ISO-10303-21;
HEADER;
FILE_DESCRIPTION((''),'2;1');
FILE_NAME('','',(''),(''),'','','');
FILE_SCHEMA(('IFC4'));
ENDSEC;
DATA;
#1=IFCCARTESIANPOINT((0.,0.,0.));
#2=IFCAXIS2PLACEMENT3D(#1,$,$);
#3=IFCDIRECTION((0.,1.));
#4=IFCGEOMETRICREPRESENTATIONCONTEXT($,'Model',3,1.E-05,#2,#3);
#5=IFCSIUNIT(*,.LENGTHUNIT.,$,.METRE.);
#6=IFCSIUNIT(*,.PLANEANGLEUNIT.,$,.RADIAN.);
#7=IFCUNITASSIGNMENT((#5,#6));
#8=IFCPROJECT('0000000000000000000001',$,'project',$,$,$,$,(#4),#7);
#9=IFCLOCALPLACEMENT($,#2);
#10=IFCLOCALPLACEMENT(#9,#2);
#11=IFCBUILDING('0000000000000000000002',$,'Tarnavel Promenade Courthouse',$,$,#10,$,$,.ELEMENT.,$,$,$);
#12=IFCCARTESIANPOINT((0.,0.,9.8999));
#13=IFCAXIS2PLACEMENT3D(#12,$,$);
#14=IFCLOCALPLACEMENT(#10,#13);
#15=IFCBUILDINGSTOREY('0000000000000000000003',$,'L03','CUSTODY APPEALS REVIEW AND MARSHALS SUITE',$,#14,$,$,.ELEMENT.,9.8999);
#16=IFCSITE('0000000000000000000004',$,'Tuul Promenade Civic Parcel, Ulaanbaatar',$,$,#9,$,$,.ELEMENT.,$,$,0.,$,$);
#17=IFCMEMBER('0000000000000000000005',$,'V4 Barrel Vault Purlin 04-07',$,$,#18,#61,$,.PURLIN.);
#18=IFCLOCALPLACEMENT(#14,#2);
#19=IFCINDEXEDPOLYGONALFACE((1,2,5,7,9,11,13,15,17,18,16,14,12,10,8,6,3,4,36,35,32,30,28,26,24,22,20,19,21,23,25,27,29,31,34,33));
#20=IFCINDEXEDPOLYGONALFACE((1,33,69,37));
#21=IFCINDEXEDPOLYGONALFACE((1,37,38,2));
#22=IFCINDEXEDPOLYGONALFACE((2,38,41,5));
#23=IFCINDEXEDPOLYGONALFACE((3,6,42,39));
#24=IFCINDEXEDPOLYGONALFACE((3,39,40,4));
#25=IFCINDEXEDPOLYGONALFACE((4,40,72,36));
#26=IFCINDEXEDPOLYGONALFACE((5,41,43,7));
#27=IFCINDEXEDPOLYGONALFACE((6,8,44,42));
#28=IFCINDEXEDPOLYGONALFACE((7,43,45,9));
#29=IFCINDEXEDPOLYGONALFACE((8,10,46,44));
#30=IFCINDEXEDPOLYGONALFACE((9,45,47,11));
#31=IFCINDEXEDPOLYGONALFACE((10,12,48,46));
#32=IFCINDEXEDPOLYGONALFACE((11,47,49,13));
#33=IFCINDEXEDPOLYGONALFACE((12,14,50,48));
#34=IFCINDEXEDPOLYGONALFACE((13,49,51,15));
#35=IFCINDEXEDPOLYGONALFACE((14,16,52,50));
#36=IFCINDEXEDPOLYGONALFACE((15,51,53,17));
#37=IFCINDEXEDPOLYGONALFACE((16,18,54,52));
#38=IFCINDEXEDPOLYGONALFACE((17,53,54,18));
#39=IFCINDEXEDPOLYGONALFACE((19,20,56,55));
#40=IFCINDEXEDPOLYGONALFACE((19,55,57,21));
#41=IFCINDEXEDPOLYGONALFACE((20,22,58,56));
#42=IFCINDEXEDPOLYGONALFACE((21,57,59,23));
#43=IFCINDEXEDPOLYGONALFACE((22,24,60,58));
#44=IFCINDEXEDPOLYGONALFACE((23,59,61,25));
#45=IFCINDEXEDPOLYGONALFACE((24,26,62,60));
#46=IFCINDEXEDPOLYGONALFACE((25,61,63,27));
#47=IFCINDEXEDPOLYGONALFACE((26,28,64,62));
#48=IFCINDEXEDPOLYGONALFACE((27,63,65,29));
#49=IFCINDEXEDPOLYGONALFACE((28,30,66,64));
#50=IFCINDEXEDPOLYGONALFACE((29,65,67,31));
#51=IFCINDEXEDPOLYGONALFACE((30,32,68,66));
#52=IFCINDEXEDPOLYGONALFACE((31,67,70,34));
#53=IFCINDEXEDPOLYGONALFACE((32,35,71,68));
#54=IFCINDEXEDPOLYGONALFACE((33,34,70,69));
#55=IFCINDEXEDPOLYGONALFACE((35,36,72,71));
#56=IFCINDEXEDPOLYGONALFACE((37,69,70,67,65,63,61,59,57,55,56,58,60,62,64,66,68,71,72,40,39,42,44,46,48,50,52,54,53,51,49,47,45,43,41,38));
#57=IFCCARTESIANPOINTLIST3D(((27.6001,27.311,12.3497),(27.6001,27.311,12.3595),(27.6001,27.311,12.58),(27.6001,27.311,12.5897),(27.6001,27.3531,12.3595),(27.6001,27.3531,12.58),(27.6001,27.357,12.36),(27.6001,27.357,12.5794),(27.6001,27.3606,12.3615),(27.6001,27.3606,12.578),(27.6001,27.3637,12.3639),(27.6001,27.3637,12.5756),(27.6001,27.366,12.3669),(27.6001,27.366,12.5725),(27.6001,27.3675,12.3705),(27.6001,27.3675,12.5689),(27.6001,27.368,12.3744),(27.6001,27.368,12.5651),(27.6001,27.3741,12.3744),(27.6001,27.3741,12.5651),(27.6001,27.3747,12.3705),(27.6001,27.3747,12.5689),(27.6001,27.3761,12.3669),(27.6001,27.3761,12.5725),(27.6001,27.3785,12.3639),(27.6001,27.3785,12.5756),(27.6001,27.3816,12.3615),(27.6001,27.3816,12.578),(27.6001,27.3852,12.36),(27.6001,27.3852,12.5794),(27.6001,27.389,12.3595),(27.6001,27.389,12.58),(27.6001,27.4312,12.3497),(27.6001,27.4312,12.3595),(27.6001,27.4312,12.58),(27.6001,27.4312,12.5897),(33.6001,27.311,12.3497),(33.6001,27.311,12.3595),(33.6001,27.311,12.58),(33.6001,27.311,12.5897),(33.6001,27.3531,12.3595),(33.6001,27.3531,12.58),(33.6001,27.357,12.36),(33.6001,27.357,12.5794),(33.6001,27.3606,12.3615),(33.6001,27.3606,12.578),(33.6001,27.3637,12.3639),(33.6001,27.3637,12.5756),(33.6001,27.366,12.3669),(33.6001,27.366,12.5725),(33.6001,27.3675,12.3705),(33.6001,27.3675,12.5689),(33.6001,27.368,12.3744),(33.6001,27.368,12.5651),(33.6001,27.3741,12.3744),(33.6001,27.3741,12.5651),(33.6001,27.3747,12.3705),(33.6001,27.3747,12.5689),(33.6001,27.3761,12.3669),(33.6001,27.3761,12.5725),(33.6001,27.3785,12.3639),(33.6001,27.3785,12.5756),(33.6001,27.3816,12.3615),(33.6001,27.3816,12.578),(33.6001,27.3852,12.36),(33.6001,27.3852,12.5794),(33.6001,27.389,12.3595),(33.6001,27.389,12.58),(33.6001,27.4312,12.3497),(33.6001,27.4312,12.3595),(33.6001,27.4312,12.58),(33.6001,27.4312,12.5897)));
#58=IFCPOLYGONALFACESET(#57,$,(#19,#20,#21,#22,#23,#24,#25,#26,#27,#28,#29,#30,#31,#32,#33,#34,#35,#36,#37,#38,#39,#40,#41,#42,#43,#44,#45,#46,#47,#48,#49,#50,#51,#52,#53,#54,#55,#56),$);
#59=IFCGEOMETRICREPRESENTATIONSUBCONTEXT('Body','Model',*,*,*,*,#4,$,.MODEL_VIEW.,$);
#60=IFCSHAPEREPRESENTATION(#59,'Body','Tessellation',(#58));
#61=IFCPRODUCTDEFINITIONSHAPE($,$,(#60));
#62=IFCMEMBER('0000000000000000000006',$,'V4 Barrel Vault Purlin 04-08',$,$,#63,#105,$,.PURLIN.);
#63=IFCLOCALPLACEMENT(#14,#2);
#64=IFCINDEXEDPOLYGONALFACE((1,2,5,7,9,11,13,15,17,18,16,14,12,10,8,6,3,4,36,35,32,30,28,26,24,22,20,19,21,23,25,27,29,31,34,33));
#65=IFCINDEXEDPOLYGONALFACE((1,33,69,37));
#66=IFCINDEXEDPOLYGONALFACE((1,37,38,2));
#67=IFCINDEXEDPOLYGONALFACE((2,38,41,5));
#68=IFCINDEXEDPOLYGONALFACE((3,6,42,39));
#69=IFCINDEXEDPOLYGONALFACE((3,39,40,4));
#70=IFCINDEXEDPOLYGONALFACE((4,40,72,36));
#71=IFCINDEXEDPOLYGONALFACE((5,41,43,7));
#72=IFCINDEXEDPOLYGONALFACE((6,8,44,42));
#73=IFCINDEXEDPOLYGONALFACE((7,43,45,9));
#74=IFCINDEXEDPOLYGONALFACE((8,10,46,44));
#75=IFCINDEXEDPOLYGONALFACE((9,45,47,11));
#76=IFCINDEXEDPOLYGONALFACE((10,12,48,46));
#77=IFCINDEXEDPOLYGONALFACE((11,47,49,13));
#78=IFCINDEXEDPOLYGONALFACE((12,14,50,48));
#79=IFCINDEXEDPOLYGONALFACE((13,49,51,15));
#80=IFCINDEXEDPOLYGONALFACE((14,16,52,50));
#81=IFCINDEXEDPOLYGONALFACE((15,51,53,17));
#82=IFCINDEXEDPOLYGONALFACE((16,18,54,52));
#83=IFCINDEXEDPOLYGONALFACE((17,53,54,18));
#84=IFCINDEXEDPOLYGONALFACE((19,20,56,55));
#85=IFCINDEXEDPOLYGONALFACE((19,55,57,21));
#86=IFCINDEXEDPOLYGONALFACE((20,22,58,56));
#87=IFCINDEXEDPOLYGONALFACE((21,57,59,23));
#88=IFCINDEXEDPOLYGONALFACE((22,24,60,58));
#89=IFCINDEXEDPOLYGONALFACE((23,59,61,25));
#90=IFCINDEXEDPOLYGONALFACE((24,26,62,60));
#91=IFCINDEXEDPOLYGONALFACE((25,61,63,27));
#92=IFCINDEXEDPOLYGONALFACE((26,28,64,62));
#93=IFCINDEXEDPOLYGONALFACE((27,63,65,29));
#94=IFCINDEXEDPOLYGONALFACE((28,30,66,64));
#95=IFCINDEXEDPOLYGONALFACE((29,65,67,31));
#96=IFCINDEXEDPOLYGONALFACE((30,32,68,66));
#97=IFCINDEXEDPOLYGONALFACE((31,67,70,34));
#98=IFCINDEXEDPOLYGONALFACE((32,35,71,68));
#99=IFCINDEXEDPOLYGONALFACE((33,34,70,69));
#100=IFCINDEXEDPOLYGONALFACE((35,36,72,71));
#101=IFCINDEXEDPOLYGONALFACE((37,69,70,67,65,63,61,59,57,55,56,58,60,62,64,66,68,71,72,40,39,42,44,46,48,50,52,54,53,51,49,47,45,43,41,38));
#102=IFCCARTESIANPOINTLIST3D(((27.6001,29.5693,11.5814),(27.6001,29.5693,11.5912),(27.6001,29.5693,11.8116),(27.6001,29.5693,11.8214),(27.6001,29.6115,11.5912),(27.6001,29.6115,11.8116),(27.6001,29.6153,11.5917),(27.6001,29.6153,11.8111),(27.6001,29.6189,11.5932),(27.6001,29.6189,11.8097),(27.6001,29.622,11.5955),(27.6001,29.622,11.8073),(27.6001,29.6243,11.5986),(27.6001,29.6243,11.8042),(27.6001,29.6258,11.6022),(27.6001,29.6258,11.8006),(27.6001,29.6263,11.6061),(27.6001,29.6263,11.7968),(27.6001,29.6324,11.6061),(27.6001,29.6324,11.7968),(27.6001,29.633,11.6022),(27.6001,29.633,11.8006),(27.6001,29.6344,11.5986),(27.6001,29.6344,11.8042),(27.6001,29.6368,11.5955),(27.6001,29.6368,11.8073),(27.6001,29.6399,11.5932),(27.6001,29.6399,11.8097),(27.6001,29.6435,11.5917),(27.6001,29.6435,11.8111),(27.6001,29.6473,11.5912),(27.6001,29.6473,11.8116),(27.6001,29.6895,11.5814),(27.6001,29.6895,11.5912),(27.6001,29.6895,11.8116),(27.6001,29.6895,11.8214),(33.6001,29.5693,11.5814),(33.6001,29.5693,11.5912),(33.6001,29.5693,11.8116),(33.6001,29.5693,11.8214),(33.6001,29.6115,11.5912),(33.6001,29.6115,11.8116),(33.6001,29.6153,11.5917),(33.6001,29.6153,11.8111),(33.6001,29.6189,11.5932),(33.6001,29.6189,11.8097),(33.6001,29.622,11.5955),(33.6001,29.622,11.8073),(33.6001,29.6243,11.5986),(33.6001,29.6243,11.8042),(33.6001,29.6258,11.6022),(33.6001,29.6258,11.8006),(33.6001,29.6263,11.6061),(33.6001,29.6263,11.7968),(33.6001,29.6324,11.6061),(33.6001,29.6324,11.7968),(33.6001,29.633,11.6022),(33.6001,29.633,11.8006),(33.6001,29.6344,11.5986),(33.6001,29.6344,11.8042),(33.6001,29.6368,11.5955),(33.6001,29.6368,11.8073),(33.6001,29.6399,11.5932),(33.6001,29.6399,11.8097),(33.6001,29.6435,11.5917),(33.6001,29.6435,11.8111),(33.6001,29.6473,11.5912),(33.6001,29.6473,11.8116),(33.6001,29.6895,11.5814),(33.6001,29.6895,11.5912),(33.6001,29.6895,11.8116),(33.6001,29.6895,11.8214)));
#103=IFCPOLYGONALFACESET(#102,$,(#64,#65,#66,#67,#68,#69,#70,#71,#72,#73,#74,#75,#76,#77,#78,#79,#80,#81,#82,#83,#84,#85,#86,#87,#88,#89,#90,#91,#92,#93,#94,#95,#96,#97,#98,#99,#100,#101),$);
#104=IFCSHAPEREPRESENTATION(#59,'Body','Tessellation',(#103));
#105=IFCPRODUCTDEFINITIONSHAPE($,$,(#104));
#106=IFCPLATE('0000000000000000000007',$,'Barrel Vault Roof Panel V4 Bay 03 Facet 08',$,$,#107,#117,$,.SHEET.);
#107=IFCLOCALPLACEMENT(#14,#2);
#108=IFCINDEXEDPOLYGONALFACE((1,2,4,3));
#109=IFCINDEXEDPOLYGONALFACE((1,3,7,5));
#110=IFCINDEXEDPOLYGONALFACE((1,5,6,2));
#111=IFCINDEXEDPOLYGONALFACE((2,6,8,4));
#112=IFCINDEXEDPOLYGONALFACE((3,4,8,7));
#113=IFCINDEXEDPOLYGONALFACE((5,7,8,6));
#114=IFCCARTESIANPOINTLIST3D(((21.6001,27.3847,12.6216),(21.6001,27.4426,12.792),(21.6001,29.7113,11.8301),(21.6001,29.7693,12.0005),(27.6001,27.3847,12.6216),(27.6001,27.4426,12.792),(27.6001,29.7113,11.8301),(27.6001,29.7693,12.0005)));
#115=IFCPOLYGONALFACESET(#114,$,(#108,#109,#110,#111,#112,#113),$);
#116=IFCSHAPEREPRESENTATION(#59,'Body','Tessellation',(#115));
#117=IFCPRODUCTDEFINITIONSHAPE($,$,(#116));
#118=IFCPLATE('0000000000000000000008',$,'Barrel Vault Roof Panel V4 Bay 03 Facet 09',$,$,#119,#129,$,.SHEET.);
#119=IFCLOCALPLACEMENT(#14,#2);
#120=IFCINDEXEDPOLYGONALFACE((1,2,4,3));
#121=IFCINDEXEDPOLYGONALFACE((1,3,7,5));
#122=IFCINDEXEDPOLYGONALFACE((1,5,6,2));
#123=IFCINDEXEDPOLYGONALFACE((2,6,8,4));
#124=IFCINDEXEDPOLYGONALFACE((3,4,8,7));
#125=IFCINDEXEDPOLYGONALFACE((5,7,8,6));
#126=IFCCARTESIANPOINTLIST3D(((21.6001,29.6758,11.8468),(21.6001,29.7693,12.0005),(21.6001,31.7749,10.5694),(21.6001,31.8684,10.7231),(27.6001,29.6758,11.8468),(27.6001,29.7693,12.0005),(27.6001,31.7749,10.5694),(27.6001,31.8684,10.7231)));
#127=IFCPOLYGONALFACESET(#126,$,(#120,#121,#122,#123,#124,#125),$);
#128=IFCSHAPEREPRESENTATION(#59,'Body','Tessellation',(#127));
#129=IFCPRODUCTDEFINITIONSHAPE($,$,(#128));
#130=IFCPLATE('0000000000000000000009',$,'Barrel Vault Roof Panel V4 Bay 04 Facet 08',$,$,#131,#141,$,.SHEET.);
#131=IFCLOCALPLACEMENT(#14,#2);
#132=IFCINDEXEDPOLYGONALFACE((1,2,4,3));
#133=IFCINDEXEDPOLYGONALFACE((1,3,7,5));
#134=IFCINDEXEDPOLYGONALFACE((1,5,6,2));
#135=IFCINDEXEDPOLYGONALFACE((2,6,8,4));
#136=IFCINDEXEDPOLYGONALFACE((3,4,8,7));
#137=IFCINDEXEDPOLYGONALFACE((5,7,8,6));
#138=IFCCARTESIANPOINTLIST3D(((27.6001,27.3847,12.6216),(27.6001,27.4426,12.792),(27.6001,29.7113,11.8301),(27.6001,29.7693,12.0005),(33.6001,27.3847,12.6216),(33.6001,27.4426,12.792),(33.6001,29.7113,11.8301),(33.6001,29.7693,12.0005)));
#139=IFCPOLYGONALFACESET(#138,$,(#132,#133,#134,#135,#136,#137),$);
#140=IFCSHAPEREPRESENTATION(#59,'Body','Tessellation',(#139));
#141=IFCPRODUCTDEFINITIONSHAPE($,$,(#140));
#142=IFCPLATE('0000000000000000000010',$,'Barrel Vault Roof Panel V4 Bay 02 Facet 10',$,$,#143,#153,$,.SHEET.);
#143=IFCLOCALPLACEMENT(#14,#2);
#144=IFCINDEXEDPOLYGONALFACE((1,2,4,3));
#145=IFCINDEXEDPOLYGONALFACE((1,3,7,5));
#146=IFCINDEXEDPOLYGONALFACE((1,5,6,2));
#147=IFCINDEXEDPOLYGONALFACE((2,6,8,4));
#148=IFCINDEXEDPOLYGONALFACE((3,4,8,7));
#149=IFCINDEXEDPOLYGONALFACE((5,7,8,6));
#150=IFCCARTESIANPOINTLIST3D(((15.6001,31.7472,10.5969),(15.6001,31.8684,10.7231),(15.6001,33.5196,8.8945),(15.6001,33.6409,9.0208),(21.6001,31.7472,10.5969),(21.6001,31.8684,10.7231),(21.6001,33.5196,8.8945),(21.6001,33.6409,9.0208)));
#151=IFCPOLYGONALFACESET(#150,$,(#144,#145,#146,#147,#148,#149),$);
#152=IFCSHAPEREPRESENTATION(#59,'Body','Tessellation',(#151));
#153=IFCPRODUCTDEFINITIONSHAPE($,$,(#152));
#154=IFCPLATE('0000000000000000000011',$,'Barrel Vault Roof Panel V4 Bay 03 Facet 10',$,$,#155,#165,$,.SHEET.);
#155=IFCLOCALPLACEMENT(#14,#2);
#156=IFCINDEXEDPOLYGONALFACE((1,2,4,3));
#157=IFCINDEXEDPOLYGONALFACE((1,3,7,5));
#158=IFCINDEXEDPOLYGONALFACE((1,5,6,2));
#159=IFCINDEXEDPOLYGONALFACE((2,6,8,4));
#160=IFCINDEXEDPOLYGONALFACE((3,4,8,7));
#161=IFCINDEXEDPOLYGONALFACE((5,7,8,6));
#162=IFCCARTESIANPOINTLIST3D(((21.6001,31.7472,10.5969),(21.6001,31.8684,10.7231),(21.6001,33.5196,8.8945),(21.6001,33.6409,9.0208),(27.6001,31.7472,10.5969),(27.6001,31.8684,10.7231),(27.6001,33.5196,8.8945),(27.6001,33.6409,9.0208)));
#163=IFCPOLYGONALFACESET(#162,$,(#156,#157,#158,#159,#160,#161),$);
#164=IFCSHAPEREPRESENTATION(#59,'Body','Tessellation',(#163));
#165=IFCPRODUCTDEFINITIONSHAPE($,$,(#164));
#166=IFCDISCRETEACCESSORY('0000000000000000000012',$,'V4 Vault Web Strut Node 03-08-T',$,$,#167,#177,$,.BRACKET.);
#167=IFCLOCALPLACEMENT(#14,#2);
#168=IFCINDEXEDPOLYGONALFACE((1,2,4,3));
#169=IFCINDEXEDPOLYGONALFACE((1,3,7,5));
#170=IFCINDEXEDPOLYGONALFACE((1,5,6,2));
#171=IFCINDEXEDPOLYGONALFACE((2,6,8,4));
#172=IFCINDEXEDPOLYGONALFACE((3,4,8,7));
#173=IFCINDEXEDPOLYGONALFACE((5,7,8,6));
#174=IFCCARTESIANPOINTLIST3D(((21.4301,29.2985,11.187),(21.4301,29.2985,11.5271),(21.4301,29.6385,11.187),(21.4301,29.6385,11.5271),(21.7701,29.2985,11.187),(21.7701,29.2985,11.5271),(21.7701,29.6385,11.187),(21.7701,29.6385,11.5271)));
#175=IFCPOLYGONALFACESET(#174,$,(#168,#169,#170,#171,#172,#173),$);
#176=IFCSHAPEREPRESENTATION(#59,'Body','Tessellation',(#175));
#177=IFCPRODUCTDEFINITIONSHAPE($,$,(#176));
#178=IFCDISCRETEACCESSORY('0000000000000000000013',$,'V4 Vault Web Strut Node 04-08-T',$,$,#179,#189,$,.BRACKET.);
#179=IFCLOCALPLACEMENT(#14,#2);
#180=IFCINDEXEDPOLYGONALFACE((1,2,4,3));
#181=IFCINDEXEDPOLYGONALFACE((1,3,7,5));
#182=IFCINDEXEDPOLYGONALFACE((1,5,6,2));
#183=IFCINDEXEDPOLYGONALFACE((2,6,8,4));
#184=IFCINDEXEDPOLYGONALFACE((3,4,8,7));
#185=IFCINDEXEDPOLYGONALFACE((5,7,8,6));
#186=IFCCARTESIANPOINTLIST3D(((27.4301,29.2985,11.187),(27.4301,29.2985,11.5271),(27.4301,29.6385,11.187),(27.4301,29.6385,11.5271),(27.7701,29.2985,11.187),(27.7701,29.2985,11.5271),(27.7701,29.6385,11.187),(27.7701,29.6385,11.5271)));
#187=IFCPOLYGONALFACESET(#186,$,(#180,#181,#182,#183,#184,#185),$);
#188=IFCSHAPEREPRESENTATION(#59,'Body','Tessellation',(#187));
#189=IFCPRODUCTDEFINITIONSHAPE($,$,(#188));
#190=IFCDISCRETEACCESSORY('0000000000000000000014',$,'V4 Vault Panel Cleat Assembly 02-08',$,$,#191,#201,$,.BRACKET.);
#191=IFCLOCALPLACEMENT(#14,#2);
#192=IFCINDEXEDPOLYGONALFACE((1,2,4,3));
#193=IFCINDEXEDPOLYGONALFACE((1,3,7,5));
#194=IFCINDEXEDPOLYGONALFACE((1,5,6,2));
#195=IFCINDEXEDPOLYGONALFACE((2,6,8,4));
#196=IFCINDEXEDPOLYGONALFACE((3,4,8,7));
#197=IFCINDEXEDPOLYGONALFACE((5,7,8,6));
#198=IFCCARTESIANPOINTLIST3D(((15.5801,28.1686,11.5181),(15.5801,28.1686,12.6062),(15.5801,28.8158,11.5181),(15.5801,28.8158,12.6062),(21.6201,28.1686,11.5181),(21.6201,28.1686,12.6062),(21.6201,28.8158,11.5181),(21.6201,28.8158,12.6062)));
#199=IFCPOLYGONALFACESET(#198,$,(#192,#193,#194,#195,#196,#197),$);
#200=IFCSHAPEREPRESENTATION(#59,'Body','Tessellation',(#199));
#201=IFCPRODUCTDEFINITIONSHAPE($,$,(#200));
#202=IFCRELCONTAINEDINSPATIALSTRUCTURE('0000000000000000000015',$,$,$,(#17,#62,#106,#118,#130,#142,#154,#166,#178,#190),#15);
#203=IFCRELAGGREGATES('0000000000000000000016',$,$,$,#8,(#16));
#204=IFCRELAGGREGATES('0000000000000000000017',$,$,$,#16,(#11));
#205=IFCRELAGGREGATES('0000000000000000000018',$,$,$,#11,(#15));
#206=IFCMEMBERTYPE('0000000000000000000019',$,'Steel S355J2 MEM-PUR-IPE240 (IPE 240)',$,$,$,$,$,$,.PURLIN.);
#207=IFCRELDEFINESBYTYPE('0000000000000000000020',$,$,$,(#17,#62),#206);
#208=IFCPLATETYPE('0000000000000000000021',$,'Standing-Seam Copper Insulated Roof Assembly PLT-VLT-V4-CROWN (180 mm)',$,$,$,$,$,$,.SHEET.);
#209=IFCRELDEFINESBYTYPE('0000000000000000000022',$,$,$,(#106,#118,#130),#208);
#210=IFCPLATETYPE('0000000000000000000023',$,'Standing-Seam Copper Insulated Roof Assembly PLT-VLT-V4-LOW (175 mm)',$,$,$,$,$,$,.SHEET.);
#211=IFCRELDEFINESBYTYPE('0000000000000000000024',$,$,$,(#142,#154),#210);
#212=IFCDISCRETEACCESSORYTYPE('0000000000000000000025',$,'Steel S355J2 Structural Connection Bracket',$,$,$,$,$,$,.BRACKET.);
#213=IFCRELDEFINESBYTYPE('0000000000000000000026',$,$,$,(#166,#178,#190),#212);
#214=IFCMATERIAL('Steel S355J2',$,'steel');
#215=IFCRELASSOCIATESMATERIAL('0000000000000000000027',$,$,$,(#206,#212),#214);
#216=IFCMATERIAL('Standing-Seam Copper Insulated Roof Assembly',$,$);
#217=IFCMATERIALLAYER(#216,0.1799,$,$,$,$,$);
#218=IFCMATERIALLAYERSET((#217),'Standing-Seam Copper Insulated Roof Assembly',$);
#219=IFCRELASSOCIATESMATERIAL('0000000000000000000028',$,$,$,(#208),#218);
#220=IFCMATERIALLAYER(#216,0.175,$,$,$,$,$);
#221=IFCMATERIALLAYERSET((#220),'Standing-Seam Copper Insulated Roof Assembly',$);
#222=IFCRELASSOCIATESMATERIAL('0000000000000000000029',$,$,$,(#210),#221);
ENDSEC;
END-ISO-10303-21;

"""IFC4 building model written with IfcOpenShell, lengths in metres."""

from ifc_helpers import new_model, si_unit, direction, frame, origin, origin_2d, place, context, subcontext, project, spatial, polyline, rectangle, i_section, outline, extrude, material, layer, layer_set, material_profile, profile_set, type_object, element, save


model = new_model("IFC4")

# Units and contexts
model_context = context("Model", 3, precision=1e-05, world=origin(), true_north=direction((0.0, 1.0)))
body_context = subcontext(model_context, "Body", "Model", "MODEL_VIEW")
ifc_project = project(units=[si_unit("LENGTHUNIT", "METRE"), si_unit("PLANEANGLEUNIT", "RADIAN")], contexts=[model_context])

# Site, building, storey
site_placement = place(None, origin())
site = spatial("IfcSite", under=ifc_project, at=site_placement, Name="Tuul Promenade Civic Parcel, Ulaanbaatar", CompositionType="ELEMENT", RefElevation=0.0)
building_placement = place(site_placement, origin())
building = spatial("IfcBuilding", under=site, at=building_placement, Name="Tarnavel Promenade Courthouse", CompositionType="ELEMENT")
storey_placement = place(building_placement, frame((0.0, 0.0, 9.8999)))
storey = spatial("IfcBuildingStorey", under=building, at=storey_placement, Name="L03", Description="CUSTODY APPEALS REVIEW AND MARSHALS SUITE", CompositionType="ELEMENT", Elevation=9.8999)

# Shared definitions
ifc_material_1 = material(Name="Steel S355J2", Category="steel")

# Members
ifc_material_profile_1 = material_profile(ifc_material_1, i_section(OverallWidth=0.1201, OverallDepth=0.24, WebThickness=0.0061, FlangeThickness=0.0098, FilletRadius=0.0149, at=origin_2d()), Name="IPE 240")
ifc_profile_set_1 = profile_set([ifc_material_profile_1], Name="Steel S355J2")
member_type = type_object("IfcMemberType", Name="Steel S355J2 MEM-PUR-IPE240 (IPE 240)", PredefinedType="PURLIN", material=ifc_profile_set_1)
for number, where, z_axis, x_axis, name in (
    (1, (27.6001, 27.3711, 12.4697), (1.0, 0.0, 0.0), (0.0, 1.0, 0.0), "V4 Barrel Vault Purlin 04-07"),
    (2, (27.6001, 29.6294, 11.7014), (1.0, 0.0, 0.0), (0.0, 1.0, 0.0), "V4 Barrel Vault Purlin 04-08"),
):
    element("IfcMember", number, at=place(storey_placement, frame(where, z_axis=z_axis, x_axis=x_axis)), inside=storey, type_object=member_type, Name=name, PredefinedType="PURLIN", context=body_context, shape_type="SweptSolid", body=[
        extrude(i_section(OverallWidth=0.1201, OverallDepth=0.24, WebThickness=0.0061, FlangeThickness=0.0098, FilletRadius=0.0149, at=origin_2d()), origin(), (0.0, 0.0, 1.0), 6.0),
    ])

# Plates
ifc_material_2 = material(Name="Standing-Seam Copper Insulated Roof Assembly")
ifc_layer_1 = layer(ifc_material_2, 0.1799)
ifc_layer_set_1 = layer_set([ifc_layer_1], Name="Standing-Seam Copper Insulated Roof Assembly")
plate_type_1 = type_object("IfcPlateType", Name="Standing-Seam Copper Insulated Roof Assembly PLT-VLT-V4-CROWN (180 mm)", PredefinedType="SHEET", material=ifc_layer_set_1)
plate_1_placement = place(storey_placement, frame((21.6001, 27.4426, 12.792), z_axis=(0.0, 0.322063, 0.946718), x_axis=(1.0, 0.0, 0.0)))
element("IfcPlate", 3, at=plate_1_placement, inside=storey, type_object=plate_type_1, Name="Barrel Vault Roof Panel V4 Bay 03 Facet 08", PredefinedType="SHEET", context=body_context, shape_type="SweptSolid", body=[
    extrude(outline(polyline([(0.0, 0.0), (6.0, 0.0), (6.0, 2.4576), (0.0, 2.4576), (0.0, 0.0)])), origin(), (0.0, 0.0, -1.0), 0.1799),
])
plate_2_placement = place(storey_placement, frame((21.6001, 29.7693, 12.0005), z_axis=(0.0, 0.519833, 0.854268), x_axis=(1.0, 0.0, 0.0)))
element("IfcPlate", 4, at=plate_2_placement, inside=storey, type_object=plate_type_1, Name="Barrel Vault Roof Panel V4 Bay 03 Facet 09", PredefinedType="SHEET", context=body_context, shape_type="SweptSolid", body=[
    extrude(outline(polyline([(0.0, 0.0), (6.0, 0.0), (6.0, 2.4572), (0.0, 2.4572), (0.0, 0.0)])), origin(), (0.0, 0.0, -1.0), 0.1799),
])
plate_3_placement = place(storey_placement, frame((27.6001, 27.4426, 12.792), z_axis=(0.0, 0.322063, 0.946718), x_axis=(1.0, 0.0, 0.0)))
element("IfcPlate", 5, at=plate_3_placement, inside=storey, type_object=plate_type_1, Name="Barrel Vault Roof Panel V4 Bay 04 Facet 08", PredefinedType="SHEET", context=body_context, shape_type="SweptSolid", body=[
    extrude(outline(polyline([(0.0, 0.0), (6.0, 0.0), (6.0, 2.4576), (0.0, 2.4576), (0.0, 0.0)])), origin(), (0.0, 0.0, -1.0), 0.1799),
])
ifc_layer_2 = layer(ifc_material_2, 0.175)
ifc_layer_set_2 = layer_set([ifc_layer_2], Name="Standing-Seam Copper Insulated Roof Assembly")
plate_type_2 = type_object("IfcPlateType", Name="Standing-Seam Copper Insulated Roof Assembly PLT-VLT-V4-LOW (175 mm)", PredefinedType="SHEET", material=ifc_layer_set_2)
for number, where, z_axis, x_axis, name in (
    (6, (15.6001, 31.8684, 10.7231), (0.0, 0.692708, 0.721219), (1.0, 0.0, 0.0), "Barrel Vault Roof Panel V4 Bay 02 Facet 10"),
    (7, (21.6001, 31.8684, 10.7231), (0.0, 0.692708, 0.721219), (1.0, 0.0, 0.0), "Barrel Vault Roof Panel V4 Bay 03 Facet 10"),
):
    element("IfcPlate", number, at=place(storey_placement, frame(where, z_axis=z_axis, x_axis=x_axis)), inside=storey, type_object=plate_type_2, Name=name, PredefinedType="SHEET", context=body_context, shape_type="SweptSolid", body=[
        extrude(outline(polyline([(0.0, 0.0), (6.0, 0.0), (6.0, 2.4576), (0.0, 2.4576), (0.0, 0.0)])), origin(), (0.0, 0.0, -1.0), 0.175),
    ])

# Discrete accessories
discrete_accessory_type = type_object("IfcDiscreteAccessoryType", Name="Steel S355J2 Structural Connection Bracket", PredefinedType="BRACKET", material=ifc_material_1)
for number, where, z_axis, x_axis, name in (
    (8, (21.6001, 29.4685, 11.187), (0.0, 0.0, 1.0), (1.0, 0.0, 0.0), "V4 Vault Web Strut Node 03-08-T"),
    (9, (27.6001, 29.4685, 11.187), (0.0, 0.0, 1.0), (1.0, 0.0, 0.0), "V4 Vault Web Strut Node 04-08-T"),
):
    element("IfcDiscreteAccessory", number, at=place(storey_placement, frame(where, z_axis=z_axis, x_axis=x_axis)), inside=storey, type_object=discrete_accessory_type, Name=name, PredefinedType="BRACKET", context=body_context, shape_type="SweptSolid", body=[
        extrude(rectangle(XDim=0.3401, YDim=0.3401, at=origin_2d()), origin(), (0.0, 0.0, 1.0), 0.3401),
    ])
discrete_accessory_1_placement = place(storey_placement, frame((18.6001, 28.4922, 11.5181), z_axis=(0.0, 0.0, 1.0), x_axis=(1.0, 0.0, 0.0)))
element("IfcDiscreteAccessory", 10, at=discrete_accessory_1_placement, inside=storey, type_object=discrete_accessory_type, Name="V4 Vault Panel Cleat Assembly 02-08", PredefinedType="BRACKET", context=body_context, shape_type="SweptSolid", body=[
    extrude(rectangle(XDim=6.04, YDim=0.6472, at=origin_2d()), origin(), (0.0, 0.0, 1.0), 1.0881),
])

save(model, "model.ifc")
